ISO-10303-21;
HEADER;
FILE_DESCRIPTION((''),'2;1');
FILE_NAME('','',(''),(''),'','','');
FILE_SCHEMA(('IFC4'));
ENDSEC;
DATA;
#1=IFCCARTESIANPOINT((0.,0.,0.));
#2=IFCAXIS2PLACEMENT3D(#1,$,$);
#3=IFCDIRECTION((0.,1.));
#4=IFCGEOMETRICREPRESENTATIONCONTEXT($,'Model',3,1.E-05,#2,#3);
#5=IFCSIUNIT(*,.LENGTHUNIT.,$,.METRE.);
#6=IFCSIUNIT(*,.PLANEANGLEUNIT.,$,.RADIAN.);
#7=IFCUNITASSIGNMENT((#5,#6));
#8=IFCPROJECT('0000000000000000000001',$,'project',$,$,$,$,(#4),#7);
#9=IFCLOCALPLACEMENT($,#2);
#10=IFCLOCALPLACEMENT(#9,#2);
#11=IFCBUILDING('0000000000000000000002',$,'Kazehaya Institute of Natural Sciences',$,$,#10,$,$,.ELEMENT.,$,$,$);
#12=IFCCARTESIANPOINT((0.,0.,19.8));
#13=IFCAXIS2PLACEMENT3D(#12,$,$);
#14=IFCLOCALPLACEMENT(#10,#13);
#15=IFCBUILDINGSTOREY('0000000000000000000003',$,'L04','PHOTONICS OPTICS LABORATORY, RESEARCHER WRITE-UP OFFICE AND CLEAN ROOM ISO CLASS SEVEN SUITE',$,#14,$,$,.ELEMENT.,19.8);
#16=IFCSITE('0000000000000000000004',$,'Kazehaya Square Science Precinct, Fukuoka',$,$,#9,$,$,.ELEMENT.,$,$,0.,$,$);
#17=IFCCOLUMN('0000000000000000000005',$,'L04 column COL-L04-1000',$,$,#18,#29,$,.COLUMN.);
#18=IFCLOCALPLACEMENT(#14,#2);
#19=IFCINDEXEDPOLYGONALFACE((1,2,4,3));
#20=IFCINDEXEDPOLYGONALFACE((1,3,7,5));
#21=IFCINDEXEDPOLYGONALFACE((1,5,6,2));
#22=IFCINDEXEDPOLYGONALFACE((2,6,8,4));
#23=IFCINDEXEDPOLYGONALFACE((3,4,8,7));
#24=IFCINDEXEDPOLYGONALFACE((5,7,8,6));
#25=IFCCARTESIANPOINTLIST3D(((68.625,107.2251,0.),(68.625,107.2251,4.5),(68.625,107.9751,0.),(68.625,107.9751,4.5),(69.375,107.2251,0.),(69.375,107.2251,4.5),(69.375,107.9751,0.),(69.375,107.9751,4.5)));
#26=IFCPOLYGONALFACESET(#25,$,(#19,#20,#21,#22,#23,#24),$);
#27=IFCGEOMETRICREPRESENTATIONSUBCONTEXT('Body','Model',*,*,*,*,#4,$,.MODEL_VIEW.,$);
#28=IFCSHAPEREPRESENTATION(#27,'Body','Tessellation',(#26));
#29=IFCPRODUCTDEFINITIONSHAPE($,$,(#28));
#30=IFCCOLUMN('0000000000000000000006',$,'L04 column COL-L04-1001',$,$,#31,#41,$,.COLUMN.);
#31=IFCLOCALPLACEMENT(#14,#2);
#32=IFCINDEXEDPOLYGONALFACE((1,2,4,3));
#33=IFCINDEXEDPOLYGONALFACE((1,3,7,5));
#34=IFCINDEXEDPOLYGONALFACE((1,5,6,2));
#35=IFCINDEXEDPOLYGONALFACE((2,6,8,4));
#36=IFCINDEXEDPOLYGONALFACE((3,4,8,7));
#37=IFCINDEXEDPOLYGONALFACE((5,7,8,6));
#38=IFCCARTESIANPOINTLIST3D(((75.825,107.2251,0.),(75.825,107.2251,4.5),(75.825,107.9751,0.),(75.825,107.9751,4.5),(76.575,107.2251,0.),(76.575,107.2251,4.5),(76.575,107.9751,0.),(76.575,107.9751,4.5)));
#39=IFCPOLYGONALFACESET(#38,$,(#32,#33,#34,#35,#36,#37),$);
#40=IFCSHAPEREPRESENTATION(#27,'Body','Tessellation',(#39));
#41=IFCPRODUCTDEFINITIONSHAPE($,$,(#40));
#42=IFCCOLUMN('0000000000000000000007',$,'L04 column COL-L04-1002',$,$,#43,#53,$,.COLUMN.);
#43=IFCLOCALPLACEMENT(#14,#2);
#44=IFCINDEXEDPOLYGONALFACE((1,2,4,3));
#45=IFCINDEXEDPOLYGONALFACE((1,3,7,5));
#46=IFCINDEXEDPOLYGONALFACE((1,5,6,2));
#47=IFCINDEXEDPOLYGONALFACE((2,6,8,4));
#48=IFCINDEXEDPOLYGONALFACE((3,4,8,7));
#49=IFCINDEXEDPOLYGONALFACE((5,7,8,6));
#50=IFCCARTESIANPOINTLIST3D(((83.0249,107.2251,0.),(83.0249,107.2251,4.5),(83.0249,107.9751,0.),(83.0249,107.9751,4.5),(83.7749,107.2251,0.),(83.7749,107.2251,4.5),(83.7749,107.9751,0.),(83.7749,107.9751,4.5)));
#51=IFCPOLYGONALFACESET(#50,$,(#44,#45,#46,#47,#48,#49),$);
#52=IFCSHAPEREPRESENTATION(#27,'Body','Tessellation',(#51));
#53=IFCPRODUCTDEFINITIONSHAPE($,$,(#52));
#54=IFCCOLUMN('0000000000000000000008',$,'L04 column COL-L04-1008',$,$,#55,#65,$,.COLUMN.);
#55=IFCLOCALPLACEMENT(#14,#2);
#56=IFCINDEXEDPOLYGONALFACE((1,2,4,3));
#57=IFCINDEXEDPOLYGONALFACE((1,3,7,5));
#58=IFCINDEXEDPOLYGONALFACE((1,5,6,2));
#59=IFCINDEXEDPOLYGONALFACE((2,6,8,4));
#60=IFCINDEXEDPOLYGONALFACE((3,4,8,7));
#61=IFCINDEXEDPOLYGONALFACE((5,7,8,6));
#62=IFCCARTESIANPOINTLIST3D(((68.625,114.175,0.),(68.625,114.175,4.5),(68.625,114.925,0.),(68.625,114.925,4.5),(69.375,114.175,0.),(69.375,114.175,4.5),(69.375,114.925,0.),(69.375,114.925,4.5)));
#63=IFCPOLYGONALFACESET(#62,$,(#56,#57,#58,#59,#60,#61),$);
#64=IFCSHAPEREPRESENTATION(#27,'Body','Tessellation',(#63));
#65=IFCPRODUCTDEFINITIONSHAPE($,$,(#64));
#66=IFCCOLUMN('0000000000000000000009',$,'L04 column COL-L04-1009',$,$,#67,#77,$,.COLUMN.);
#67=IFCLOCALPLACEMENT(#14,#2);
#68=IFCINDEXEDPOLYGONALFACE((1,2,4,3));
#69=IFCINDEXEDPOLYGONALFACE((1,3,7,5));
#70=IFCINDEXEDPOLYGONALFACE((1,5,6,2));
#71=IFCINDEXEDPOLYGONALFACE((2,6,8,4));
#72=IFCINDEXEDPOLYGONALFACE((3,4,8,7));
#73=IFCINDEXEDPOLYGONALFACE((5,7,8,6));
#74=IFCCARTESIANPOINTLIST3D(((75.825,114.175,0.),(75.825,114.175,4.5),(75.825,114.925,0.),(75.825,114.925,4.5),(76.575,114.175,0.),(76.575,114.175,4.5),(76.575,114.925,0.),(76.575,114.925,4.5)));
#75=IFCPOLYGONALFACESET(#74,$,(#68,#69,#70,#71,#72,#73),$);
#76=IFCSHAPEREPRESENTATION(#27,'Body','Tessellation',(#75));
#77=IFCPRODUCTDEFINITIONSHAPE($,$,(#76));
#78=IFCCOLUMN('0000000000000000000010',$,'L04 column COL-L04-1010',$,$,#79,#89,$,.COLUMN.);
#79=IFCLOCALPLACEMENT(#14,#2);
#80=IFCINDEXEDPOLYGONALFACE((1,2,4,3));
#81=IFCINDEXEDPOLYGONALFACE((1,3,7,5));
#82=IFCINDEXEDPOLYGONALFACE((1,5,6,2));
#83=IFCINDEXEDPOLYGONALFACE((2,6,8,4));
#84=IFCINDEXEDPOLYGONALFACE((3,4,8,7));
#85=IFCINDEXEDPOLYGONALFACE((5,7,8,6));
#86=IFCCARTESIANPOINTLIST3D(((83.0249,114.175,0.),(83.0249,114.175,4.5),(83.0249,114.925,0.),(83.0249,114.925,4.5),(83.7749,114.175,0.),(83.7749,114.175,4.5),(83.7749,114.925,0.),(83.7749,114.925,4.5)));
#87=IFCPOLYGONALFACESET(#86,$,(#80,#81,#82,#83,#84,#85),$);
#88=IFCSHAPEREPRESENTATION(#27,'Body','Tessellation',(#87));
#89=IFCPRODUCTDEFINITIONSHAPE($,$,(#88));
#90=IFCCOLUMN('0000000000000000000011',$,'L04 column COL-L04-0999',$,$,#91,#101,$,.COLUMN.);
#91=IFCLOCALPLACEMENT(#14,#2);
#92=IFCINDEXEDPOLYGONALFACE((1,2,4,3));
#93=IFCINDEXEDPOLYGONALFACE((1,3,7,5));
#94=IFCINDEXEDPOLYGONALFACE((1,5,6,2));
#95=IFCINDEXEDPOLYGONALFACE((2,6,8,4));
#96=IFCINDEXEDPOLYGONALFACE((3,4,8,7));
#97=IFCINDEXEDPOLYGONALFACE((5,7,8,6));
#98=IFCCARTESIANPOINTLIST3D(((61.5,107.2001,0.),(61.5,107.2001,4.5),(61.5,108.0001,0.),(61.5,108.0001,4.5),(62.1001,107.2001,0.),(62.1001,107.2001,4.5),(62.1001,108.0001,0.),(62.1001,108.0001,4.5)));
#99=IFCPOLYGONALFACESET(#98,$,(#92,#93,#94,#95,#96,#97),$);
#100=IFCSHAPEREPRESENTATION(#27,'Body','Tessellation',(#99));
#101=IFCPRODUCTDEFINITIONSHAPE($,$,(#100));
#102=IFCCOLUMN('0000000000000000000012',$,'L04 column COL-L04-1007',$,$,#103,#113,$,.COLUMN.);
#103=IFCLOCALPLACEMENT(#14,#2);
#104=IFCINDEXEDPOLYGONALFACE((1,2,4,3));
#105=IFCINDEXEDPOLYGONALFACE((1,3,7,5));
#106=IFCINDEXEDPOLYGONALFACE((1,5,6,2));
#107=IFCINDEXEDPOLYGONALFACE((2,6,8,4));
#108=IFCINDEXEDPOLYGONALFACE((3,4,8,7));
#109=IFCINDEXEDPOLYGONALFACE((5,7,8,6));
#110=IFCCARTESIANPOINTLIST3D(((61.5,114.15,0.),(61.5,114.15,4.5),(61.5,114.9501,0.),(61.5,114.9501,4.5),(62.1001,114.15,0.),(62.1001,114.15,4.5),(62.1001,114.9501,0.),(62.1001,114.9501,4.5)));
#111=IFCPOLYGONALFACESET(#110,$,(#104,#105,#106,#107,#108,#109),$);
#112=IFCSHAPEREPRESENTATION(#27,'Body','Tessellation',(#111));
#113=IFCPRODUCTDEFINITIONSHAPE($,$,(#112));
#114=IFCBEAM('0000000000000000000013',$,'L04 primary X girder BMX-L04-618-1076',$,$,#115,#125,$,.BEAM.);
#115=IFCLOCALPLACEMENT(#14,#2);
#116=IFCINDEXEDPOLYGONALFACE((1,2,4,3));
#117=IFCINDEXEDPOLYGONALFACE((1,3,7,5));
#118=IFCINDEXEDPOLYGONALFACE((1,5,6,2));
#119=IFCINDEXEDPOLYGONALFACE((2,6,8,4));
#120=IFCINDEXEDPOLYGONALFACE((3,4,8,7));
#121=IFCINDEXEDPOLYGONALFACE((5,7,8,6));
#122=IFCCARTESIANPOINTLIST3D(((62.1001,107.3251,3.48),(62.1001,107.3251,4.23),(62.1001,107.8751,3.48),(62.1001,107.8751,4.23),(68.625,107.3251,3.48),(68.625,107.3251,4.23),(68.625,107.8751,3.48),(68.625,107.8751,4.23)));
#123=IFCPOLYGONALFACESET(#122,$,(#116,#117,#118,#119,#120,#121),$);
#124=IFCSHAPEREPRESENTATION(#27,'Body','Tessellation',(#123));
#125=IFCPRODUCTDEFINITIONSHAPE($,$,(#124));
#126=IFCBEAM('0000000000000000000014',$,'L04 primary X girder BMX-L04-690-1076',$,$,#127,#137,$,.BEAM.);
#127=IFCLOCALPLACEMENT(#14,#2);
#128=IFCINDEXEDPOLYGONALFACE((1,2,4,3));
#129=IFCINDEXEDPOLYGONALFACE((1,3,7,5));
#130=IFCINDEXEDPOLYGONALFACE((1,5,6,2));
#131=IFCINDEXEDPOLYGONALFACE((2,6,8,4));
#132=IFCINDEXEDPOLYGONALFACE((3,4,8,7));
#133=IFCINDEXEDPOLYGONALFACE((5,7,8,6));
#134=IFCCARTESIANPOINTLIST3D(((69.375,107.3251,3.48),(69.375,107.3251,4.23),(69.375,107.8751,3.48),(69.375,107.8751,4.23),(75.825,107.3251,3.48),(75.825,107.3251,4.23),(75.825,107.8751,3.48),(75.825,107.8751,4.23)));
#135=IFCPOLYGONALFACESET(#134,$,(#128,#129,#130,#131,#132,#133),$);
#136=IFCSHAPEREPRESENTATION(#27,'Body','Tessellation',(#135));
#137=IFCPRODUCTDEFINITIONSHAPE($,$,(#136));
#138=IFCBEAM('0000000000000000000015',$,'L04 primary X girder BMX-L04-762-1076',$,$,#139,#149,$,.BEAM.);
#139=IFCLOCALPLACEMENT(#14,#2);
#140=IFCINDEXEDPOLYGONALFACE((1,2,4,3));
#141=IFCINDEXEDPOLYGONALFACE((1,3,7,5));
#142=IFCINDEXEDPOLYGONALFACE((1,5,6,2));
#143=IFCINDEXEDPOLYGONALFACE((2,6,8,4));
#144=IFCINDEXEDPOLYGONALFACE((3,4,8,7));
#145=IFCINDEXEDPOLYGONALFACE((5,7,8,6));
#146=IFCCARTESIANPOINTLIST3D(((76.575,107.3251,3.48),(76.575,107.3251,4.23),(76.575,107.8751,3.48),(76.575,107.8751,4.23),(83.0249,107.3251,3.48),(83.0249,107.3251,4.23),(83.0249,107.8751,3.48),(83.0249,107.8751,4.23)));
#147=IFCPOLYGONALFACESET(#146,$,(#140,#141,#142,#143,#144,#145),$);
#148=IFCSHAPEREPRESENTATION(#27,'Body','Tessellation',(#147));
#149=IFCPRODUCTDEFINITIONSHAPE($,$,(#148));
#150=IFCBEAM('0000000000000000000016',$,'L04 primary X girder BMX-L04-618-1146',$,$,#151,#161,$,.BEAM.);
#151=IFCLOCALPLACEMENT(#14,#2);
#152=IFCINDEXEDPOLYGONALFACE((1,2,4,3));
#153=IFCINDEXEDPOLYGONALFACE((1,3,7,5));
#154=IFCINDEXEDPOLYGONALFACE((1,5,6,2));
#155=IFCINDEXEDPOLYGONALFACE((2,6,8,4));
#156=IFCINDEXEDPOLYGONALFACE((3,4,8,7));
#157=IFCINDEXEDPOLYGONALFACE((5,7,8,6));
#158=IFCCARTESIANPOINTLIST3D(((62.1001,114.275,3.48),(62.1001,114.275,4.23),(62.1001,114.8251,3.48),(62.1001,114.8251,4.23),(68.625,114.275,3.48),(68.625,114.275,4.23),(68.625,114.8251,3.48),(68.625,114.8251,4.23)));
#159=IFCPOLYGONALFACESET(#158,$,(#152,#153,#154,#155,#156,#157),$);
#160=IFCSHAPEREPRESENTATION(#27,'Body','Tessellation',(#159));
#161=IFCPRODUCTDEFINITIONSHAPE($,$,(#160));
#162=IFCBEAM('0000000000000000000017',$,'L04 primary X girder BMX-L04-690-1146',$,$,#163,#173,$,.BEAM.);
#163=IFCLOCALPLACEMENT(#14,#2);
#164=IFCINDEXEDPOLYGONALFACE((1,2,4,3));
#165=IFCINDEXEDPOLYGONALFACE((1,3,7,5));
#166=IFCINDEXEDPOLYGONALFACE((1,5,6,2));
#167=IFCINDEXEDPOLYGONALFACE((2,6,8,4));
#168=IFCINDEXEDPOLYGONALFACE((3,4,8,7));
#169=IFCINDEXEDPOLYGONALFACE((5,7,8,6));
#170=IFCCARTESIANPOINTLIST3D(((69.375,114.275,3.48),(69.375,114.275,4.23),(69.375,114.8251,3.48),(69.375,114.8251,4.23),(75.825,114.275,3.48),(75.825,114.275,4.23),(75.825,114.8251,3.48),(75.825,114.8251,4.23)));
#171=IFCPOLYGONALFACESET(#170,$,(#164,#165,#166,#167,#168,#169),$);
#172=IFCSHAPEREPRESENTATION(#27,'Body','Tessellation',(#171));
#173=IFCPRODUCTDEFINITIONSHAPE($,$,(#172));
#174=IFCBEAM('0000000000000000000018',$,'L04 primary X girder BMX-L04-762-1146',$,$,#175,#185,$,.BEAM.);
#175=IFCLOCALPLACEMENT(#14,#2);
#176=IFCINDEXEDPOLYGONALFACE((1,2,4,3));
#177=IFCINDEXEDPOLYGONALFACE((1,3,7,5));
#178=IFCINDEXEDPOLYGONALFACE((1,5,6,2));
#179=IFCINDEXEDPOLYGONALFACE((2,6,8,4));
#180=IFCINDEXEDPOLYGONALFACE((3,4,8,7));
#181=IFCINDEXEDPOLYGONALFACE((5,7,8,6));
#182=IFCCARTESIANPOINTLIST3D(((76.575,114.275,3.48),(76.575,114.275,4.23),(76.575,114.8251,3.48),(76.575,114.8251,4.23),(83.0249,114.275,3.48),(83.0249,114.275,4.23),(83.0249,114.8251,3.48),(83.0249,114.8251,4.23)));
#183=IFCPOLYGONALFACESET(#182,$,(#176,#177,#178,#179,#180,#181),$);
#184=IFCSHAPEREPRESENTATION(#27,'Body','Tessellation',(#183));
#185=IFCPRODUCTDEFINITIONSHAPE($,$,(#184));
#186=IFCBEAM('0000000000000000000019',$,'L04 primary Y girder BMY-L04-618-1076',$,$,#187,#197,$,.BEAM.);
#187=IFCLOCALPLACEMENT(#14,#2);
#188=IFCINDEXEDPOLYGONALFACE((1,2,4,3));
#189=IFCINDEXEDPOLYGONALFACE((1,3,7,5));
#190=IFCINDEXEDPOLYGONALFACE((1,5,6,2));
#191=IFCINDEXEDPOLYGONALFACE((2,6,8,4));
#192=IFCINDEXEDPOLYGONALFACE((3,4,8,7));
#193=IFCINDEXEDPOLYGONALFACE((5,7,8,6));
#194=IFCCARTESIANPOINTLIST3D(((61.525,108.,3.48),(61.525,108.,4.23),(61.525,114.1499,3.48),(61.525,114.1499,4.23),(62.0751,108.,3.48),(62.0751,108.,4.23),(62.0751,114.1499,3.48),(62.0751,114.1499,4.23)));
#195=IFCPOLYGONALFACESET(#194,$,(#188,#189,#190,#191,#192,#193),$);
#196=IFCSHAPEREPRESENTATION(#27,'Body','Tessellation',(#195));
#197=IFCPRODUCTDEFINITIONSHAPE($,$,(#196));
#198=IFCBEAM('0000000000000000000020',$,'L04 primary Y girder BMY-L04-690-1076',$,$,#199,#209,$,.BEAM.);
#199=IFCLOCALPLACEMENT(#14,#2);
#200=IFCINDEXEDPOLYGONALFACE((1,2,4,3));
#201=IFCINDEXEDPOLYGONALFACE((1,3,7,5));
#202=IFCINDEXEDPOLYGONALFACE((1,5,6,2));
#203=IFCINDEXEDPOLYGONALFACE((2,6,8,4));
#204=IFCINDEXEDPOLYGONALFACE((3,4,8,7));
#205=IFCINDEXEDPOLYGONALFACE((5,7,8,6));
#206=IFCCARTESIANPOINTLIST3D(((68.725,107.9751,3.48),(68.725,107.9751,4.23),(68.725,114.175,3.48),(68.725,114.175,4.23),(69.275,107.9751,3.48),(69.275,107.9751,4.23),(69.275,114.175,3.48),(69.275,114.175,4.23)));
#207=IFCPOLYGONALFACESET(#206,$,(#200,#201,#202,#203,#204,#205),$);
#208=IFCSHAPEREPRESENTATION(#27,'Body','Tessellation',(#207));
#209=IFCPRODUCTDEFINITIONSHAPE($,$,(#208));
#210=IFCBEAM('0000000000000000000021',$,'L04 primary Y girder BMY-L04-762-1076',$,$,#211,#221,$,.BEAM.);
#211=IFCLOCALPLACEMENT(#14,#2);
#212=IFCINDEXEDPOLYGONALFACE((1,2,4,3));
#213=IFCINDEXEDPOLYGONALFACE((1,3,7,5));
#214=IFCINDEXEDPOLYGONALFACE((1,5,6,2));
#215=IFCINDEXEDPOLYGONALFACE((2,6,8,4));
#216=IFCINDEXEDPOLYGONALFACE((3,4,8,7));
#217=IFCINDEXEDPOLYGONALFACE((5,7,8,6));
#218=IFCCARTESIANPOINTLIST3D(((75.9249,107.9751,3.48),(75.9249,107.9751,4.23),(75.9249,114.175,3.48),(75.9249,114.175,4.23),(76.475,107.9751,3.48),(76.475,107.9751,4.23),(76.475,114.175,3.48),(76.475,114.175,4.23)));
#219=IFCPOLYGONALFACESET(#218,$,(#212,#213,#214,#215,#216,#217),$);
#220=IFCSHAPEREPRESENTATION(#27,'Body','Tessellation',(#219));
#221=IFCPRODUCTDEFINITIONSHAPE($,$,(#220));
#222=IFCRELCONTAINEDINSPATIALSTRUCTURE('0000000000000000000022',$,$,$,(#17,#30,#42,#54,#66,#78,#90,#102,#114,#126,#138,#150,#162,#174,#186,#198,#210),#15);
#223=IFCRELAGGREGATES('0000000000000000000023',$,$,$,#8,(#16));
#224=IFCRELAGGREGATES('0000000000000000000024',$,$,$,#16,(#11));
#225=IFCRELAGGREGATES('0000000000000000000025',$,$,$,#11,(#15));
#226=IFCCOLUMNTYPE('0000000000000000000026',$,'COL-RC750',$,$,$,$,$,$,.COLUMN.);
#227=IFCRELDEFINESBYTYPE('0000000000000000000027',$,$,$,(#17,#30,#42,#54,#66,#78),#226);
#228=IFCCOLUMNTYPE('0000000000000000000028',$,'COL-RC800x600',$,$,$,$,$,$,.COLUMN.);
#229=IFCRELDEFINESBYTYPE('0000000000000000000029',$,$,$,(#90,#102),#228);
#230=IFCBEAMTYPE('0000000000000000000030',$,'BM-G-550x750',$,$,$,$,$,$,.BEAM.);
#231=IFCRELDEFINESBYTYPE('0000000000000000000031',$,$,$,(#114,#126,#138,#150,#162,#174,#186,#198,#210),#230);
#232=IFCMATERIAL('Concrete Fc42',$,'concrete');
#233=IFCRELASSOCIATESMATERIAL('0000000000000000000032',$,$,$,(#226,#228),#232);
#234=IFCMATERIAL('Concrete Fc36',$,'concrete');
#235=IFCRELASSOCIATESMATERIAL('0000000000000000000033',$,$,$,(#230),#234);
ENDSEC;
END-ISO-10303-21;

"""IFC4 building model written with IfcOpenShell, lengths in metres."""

from ifc_helpers import new_model, si_unit, direction, frame, origin, origin_2d, place, context, subcontext, project, spatial, rectangle, extrude, material, material_profile, profile_set, type_object, element, save


model = new_model("IFC4")

# Units and contexts
model_context = context("Model", 3, precision=1e-05, world=origin(), true_north=direction((0.0, 1.0)))
body_context = subcontext(model_context, "Body", "Model", "MODEL_VIEW")
ifc_project = project(units=[si_unit("LENGTHUNIT", "METRE"), si_unit("PLANEANGLEUNIT", "RADIAN")], contexts=[model_context])

# Site, building, storey
site_placement = place(None, origin())
site = spatial("IfcSite", under=ifc_project, at=site_placement, Name="Kazehaya Square Science Precinct, Fukuoka", CompositionType="ELEMENT", RefElevation=0.0)
building_placement = place(site_placement, origin())
building = spatial("IfcBuilding", under=site, at=building_placement, Name="Kazehaya Institute of Natural Sciences", CompositionType="ELEMENT")
storey_placement = place(building_placement, frame((0.0, 0.0, 19.8)))
storey = spatial("IfcBuildingStorey", under=building, at=storey_placement, Name="L04", Description="PHOTONICS OPTICS LABORATORY, RESEARCHER WRITE-UP OFFICE AND CLEAN ROOM ISO CLASS SEVEN SUITE", CompositionType="ELEMENT", Elevation=19.8)

# Columns
ifc_material_1 = material(Name="Concrete Fc42", Category="concrete")
ifc_material_profile_1 = material_profile(ifc_material_1, rectangle(XDim=0.75, YDim=0.75, at=origin_2d()), Name="RC-750x750")
ifc_profile_set_1 = profile_set([ifc_material_profile_1], Name="Concrete Fc42")
column_type_1 = type_object("IfcColumnType", Name="COL-RC750", PredefinedType="COLUMN", material=ifc_profile_set_1)
for number, where, z_axis, x_axis, name in (
    (1, (69.0, 107.6001, 0.0), (0.0, 0.0, 1.0), (1.0, 0.0, 0.0), "L04 column COL-L04-1000"),
    (2, (76.2, 107.6001, 0.0), (0.0, 0.0, 1.0), (1.0, 0.0, 0.0), "L04 column COL-L04-1001"),
    (3, (83.3999, 107.6001, 0.0), (0.0, 0.0, 1.0), (1.0, 0.0, 0.0), "L04 column COL-L04-1002"),
    (4, (69.0, 114.55, 0.0), (0.0, 0.0, 1.0), (1.0, 0.0, 0.0), "L04 column COL-L04-1008"),
    (5, (76.2, 114.55, 0.0), (0.0, 0.0, 1.0), (1.0, 0.0, 0.0), "L04 column COL-L04-1009"),
    (6, (83.3999, 114.55, 0.0), (0.0, 0.0, 1.0), (1.0, 0.0, 0.0), "L04 column COL-L04-1010"),
):
    element("IfcColumn", number, at=place(storey_placement, frame(where, z_axis=z_axis, x_axis=x_axis)), inside=storey, type_object=column_type_1, Name=name, PredefinedType="COLUMN", context=body_context, shape_type="SweptSolid", body=[
        extrude(rectangle(XDim=0.75, YDim=0.75, at=origin_2d()), origin(), (0.0, 0.0, 1.0), 4.5),
    ])
ifc_material_profile_2 = material_profile(ifc_material_1, rectangle(XDim=0.6001, YDim=0.8, at=origin_2d()), Name="RC-800x600")
ifc_profile_set_2 = profile_set([ifc_material_profile_2], Name="Concrete Fc42")
column_type_2 = type_object("IfcColumnType", Name="COL-RC800x600", PredefinedType="COLUMN", material=ifc_profile_set_2)
for number, where, z_axis, x_axis, name in (
    (7, (61.8, 107.6001, 0.0), (0.0, 0.0, 1.0), (1.0, 0.0, 0.0), "L04 column COL-L04-0999"),
    (8, (61.8, 114.55, 0.0), (0.0, 0.0, 1.0), (1.0, 0.0, 0.0), "L04 column COL-L04-1007"),
):
    element("IfcColumn", number, at=place(storey_placement, frame(where, z_axis=z_axis, x_axis=x_axis)), inside=storey, type_object=column_type_2, Name=name, PredefinedType="COLUMN", context=body_context, shape_type="SweptSolid", body=[
        extrude(rectangle(XDim=0.6001, YDim=0.8, at=origin_2d()), origin(), (0.0, 0.0, 1.0), 4.5),
    ])

# Beams
ifc_material_2 = material(Name="Concrete Fc36", Category="concrete")
ifc_material_profile_3 = material_profile(ifc_material_2, rectangle(XDim=0.55, YDim=0.75, at=origin_2d()), Name="RC-550x750")
ifc_profile_set_3 = profile_set([ifc_material_profile_3], Name="Concrete Fc36")
beam_type = type_object("IfcBeamType", Name="BM-G-550x750", PredefinedType="BEAM", material=ifc_profile_set_3)
beam_1_placement = place(storey_placement, frame((62.1001, 107.6001, 3.855), z_axis=(1.0, 0.0, 0.0), x_axis=(0.0, 1.0, 0.0)))
element("IfcBeam", 9, at=beam_1_placement, inside=storey, type_object=beam_type, Name="L04 primary X girder BMX-L04-618-1076", PredefinedType="BEAM", context=body_context, shape_type="SweptSolid", body=[
    extrude(rectangle(XDim=0.55, YDim=0.75, at=origin_2d()), origin(), (0.0, 0.0, 1.0), 6.5249),
])
for number, where, z_axis, x_axis, name in (
    (10, (69.375, 107.6001, 3.855), (1.0, 0.0, 0.0), (0.0, 1.0, 0.0), "L04 primary X girder BMX-L04-690-1076"),
    (11, (76.575, 107.6001, 3.855), (1.0, 0.0, 0.0), (0.0, 1.0, 0.0), "L04 primary X girder BMX-L04-762-1076"),
):
    element("IfcBeam", number, at=place(storey_placement, frame(where, z_axis=z_axis, x_axis=x_axis)), inside=storey, type_object=beam_type, Name=name, PredefinedType="BEAM", context=body_context, shape_type="SweptSolid", body=[
        extrude(rectangle(XDim=0.55, YDim=0.75, at=origin_2d()), origin(), (0.0, 0.0, 1.0), 6.45),
    ])
beam_2_placement = place(storey_placement, frame((62.1001, 114.55, 3.855), z_axis=(1.0, 0.0, 0.0), x_axis=(0.0, 1.0, 0.0)))
element("IfcBeam", 12, at=beam_2_placement, inside=storey, type_object=beam_type, Name="L04 primary X girder BMX-L04-618-1146", PredefinedType="BEAM", context=body_context, shape_type="SweptSolid", body=[
    extrude(rectangle(XDim=0.55, YDim=0.75, at=origin_2d()), origin(), (0.0, 0.0, 1.0), 6.5249),
])
for number, where, z_axis, x_axis, name in (
    (13, (69.375, 114.55, 3.855), (1.0, 0.0, 0.0), (0.0, 1.0, 0.0), "L04 primary X girder BMX-L04-690-1146"),
    (14, (76.575, 114.55, 3.855), (1.0, 0.0, 0.0), (0.0, 1.0, 0.0), "L04 primary X girder BMX-L04-762-1146"),
):
    element("IfcBeam", number, at=place(storey_placement, frame(where, z_axis=z_axis, x_axis=x_axis)), inside=storey, type_object=beam_type, Name=name, PredefinedType="BEAM", context=body_context, shape_type="SweptSolid", body=[
        extrude(rectangle(XDim=0.55, YDim=0.75, at=origin_2d()), origin(), (0.0, 0.0, 1.0), 6.45),
    ])
beam_3_placement = place(storey_placement, frame((61.8, 108.0, 3.855), z_axis=(0.0, 1.0, 0.0), x_axis=(-1.0, 0.0, 0.0)))
element("IfcBeam", 15, at=beam_3_placement, inside=storey, type_object=beam_type, Name="L04 primary Y girder BMY-L04-618-1076", PredefinedType="BEAM", context=body_context, shape_type="SweptSolid", body=[
    extrude(rectangle(XDim=0.55, YDim=0.75, at=origin_2d()), origin(), (0.0, 0.0, 1.0), 6.1499),
])
for number, where, z_axis, x_axis, name in (
    (16, (69.0, 107.9751, 3.855), (0.0, 1.0, 0.0), (-1.0, 0.0, 0.0), "L04 primary Y girder BMY-L04-690-1076"),
    (17, (76.2, 107.9751, 3.855), (0.0, 1.0, 0.0), (-1.0, 0.0, 0.0), "L04 primary Y girder BMY-L04-762-1076"),
):
    element("IfcBeam", number, at=place(storey_placement, frame(where, z_axis=z_axis, x_axis=x_axis)), inside=storey, type_object=beam_type, Name=name, PredefinedType="BEAM", context=body_context, shape_type="SweptSolid", body=[
        extrude(rectangle(XDim=0.55, YDim=0.75, at=origin_2d()), origin(), (0.0, 0.0, 1.0), 6.2),
    ])

save(model, "model.ifc")
